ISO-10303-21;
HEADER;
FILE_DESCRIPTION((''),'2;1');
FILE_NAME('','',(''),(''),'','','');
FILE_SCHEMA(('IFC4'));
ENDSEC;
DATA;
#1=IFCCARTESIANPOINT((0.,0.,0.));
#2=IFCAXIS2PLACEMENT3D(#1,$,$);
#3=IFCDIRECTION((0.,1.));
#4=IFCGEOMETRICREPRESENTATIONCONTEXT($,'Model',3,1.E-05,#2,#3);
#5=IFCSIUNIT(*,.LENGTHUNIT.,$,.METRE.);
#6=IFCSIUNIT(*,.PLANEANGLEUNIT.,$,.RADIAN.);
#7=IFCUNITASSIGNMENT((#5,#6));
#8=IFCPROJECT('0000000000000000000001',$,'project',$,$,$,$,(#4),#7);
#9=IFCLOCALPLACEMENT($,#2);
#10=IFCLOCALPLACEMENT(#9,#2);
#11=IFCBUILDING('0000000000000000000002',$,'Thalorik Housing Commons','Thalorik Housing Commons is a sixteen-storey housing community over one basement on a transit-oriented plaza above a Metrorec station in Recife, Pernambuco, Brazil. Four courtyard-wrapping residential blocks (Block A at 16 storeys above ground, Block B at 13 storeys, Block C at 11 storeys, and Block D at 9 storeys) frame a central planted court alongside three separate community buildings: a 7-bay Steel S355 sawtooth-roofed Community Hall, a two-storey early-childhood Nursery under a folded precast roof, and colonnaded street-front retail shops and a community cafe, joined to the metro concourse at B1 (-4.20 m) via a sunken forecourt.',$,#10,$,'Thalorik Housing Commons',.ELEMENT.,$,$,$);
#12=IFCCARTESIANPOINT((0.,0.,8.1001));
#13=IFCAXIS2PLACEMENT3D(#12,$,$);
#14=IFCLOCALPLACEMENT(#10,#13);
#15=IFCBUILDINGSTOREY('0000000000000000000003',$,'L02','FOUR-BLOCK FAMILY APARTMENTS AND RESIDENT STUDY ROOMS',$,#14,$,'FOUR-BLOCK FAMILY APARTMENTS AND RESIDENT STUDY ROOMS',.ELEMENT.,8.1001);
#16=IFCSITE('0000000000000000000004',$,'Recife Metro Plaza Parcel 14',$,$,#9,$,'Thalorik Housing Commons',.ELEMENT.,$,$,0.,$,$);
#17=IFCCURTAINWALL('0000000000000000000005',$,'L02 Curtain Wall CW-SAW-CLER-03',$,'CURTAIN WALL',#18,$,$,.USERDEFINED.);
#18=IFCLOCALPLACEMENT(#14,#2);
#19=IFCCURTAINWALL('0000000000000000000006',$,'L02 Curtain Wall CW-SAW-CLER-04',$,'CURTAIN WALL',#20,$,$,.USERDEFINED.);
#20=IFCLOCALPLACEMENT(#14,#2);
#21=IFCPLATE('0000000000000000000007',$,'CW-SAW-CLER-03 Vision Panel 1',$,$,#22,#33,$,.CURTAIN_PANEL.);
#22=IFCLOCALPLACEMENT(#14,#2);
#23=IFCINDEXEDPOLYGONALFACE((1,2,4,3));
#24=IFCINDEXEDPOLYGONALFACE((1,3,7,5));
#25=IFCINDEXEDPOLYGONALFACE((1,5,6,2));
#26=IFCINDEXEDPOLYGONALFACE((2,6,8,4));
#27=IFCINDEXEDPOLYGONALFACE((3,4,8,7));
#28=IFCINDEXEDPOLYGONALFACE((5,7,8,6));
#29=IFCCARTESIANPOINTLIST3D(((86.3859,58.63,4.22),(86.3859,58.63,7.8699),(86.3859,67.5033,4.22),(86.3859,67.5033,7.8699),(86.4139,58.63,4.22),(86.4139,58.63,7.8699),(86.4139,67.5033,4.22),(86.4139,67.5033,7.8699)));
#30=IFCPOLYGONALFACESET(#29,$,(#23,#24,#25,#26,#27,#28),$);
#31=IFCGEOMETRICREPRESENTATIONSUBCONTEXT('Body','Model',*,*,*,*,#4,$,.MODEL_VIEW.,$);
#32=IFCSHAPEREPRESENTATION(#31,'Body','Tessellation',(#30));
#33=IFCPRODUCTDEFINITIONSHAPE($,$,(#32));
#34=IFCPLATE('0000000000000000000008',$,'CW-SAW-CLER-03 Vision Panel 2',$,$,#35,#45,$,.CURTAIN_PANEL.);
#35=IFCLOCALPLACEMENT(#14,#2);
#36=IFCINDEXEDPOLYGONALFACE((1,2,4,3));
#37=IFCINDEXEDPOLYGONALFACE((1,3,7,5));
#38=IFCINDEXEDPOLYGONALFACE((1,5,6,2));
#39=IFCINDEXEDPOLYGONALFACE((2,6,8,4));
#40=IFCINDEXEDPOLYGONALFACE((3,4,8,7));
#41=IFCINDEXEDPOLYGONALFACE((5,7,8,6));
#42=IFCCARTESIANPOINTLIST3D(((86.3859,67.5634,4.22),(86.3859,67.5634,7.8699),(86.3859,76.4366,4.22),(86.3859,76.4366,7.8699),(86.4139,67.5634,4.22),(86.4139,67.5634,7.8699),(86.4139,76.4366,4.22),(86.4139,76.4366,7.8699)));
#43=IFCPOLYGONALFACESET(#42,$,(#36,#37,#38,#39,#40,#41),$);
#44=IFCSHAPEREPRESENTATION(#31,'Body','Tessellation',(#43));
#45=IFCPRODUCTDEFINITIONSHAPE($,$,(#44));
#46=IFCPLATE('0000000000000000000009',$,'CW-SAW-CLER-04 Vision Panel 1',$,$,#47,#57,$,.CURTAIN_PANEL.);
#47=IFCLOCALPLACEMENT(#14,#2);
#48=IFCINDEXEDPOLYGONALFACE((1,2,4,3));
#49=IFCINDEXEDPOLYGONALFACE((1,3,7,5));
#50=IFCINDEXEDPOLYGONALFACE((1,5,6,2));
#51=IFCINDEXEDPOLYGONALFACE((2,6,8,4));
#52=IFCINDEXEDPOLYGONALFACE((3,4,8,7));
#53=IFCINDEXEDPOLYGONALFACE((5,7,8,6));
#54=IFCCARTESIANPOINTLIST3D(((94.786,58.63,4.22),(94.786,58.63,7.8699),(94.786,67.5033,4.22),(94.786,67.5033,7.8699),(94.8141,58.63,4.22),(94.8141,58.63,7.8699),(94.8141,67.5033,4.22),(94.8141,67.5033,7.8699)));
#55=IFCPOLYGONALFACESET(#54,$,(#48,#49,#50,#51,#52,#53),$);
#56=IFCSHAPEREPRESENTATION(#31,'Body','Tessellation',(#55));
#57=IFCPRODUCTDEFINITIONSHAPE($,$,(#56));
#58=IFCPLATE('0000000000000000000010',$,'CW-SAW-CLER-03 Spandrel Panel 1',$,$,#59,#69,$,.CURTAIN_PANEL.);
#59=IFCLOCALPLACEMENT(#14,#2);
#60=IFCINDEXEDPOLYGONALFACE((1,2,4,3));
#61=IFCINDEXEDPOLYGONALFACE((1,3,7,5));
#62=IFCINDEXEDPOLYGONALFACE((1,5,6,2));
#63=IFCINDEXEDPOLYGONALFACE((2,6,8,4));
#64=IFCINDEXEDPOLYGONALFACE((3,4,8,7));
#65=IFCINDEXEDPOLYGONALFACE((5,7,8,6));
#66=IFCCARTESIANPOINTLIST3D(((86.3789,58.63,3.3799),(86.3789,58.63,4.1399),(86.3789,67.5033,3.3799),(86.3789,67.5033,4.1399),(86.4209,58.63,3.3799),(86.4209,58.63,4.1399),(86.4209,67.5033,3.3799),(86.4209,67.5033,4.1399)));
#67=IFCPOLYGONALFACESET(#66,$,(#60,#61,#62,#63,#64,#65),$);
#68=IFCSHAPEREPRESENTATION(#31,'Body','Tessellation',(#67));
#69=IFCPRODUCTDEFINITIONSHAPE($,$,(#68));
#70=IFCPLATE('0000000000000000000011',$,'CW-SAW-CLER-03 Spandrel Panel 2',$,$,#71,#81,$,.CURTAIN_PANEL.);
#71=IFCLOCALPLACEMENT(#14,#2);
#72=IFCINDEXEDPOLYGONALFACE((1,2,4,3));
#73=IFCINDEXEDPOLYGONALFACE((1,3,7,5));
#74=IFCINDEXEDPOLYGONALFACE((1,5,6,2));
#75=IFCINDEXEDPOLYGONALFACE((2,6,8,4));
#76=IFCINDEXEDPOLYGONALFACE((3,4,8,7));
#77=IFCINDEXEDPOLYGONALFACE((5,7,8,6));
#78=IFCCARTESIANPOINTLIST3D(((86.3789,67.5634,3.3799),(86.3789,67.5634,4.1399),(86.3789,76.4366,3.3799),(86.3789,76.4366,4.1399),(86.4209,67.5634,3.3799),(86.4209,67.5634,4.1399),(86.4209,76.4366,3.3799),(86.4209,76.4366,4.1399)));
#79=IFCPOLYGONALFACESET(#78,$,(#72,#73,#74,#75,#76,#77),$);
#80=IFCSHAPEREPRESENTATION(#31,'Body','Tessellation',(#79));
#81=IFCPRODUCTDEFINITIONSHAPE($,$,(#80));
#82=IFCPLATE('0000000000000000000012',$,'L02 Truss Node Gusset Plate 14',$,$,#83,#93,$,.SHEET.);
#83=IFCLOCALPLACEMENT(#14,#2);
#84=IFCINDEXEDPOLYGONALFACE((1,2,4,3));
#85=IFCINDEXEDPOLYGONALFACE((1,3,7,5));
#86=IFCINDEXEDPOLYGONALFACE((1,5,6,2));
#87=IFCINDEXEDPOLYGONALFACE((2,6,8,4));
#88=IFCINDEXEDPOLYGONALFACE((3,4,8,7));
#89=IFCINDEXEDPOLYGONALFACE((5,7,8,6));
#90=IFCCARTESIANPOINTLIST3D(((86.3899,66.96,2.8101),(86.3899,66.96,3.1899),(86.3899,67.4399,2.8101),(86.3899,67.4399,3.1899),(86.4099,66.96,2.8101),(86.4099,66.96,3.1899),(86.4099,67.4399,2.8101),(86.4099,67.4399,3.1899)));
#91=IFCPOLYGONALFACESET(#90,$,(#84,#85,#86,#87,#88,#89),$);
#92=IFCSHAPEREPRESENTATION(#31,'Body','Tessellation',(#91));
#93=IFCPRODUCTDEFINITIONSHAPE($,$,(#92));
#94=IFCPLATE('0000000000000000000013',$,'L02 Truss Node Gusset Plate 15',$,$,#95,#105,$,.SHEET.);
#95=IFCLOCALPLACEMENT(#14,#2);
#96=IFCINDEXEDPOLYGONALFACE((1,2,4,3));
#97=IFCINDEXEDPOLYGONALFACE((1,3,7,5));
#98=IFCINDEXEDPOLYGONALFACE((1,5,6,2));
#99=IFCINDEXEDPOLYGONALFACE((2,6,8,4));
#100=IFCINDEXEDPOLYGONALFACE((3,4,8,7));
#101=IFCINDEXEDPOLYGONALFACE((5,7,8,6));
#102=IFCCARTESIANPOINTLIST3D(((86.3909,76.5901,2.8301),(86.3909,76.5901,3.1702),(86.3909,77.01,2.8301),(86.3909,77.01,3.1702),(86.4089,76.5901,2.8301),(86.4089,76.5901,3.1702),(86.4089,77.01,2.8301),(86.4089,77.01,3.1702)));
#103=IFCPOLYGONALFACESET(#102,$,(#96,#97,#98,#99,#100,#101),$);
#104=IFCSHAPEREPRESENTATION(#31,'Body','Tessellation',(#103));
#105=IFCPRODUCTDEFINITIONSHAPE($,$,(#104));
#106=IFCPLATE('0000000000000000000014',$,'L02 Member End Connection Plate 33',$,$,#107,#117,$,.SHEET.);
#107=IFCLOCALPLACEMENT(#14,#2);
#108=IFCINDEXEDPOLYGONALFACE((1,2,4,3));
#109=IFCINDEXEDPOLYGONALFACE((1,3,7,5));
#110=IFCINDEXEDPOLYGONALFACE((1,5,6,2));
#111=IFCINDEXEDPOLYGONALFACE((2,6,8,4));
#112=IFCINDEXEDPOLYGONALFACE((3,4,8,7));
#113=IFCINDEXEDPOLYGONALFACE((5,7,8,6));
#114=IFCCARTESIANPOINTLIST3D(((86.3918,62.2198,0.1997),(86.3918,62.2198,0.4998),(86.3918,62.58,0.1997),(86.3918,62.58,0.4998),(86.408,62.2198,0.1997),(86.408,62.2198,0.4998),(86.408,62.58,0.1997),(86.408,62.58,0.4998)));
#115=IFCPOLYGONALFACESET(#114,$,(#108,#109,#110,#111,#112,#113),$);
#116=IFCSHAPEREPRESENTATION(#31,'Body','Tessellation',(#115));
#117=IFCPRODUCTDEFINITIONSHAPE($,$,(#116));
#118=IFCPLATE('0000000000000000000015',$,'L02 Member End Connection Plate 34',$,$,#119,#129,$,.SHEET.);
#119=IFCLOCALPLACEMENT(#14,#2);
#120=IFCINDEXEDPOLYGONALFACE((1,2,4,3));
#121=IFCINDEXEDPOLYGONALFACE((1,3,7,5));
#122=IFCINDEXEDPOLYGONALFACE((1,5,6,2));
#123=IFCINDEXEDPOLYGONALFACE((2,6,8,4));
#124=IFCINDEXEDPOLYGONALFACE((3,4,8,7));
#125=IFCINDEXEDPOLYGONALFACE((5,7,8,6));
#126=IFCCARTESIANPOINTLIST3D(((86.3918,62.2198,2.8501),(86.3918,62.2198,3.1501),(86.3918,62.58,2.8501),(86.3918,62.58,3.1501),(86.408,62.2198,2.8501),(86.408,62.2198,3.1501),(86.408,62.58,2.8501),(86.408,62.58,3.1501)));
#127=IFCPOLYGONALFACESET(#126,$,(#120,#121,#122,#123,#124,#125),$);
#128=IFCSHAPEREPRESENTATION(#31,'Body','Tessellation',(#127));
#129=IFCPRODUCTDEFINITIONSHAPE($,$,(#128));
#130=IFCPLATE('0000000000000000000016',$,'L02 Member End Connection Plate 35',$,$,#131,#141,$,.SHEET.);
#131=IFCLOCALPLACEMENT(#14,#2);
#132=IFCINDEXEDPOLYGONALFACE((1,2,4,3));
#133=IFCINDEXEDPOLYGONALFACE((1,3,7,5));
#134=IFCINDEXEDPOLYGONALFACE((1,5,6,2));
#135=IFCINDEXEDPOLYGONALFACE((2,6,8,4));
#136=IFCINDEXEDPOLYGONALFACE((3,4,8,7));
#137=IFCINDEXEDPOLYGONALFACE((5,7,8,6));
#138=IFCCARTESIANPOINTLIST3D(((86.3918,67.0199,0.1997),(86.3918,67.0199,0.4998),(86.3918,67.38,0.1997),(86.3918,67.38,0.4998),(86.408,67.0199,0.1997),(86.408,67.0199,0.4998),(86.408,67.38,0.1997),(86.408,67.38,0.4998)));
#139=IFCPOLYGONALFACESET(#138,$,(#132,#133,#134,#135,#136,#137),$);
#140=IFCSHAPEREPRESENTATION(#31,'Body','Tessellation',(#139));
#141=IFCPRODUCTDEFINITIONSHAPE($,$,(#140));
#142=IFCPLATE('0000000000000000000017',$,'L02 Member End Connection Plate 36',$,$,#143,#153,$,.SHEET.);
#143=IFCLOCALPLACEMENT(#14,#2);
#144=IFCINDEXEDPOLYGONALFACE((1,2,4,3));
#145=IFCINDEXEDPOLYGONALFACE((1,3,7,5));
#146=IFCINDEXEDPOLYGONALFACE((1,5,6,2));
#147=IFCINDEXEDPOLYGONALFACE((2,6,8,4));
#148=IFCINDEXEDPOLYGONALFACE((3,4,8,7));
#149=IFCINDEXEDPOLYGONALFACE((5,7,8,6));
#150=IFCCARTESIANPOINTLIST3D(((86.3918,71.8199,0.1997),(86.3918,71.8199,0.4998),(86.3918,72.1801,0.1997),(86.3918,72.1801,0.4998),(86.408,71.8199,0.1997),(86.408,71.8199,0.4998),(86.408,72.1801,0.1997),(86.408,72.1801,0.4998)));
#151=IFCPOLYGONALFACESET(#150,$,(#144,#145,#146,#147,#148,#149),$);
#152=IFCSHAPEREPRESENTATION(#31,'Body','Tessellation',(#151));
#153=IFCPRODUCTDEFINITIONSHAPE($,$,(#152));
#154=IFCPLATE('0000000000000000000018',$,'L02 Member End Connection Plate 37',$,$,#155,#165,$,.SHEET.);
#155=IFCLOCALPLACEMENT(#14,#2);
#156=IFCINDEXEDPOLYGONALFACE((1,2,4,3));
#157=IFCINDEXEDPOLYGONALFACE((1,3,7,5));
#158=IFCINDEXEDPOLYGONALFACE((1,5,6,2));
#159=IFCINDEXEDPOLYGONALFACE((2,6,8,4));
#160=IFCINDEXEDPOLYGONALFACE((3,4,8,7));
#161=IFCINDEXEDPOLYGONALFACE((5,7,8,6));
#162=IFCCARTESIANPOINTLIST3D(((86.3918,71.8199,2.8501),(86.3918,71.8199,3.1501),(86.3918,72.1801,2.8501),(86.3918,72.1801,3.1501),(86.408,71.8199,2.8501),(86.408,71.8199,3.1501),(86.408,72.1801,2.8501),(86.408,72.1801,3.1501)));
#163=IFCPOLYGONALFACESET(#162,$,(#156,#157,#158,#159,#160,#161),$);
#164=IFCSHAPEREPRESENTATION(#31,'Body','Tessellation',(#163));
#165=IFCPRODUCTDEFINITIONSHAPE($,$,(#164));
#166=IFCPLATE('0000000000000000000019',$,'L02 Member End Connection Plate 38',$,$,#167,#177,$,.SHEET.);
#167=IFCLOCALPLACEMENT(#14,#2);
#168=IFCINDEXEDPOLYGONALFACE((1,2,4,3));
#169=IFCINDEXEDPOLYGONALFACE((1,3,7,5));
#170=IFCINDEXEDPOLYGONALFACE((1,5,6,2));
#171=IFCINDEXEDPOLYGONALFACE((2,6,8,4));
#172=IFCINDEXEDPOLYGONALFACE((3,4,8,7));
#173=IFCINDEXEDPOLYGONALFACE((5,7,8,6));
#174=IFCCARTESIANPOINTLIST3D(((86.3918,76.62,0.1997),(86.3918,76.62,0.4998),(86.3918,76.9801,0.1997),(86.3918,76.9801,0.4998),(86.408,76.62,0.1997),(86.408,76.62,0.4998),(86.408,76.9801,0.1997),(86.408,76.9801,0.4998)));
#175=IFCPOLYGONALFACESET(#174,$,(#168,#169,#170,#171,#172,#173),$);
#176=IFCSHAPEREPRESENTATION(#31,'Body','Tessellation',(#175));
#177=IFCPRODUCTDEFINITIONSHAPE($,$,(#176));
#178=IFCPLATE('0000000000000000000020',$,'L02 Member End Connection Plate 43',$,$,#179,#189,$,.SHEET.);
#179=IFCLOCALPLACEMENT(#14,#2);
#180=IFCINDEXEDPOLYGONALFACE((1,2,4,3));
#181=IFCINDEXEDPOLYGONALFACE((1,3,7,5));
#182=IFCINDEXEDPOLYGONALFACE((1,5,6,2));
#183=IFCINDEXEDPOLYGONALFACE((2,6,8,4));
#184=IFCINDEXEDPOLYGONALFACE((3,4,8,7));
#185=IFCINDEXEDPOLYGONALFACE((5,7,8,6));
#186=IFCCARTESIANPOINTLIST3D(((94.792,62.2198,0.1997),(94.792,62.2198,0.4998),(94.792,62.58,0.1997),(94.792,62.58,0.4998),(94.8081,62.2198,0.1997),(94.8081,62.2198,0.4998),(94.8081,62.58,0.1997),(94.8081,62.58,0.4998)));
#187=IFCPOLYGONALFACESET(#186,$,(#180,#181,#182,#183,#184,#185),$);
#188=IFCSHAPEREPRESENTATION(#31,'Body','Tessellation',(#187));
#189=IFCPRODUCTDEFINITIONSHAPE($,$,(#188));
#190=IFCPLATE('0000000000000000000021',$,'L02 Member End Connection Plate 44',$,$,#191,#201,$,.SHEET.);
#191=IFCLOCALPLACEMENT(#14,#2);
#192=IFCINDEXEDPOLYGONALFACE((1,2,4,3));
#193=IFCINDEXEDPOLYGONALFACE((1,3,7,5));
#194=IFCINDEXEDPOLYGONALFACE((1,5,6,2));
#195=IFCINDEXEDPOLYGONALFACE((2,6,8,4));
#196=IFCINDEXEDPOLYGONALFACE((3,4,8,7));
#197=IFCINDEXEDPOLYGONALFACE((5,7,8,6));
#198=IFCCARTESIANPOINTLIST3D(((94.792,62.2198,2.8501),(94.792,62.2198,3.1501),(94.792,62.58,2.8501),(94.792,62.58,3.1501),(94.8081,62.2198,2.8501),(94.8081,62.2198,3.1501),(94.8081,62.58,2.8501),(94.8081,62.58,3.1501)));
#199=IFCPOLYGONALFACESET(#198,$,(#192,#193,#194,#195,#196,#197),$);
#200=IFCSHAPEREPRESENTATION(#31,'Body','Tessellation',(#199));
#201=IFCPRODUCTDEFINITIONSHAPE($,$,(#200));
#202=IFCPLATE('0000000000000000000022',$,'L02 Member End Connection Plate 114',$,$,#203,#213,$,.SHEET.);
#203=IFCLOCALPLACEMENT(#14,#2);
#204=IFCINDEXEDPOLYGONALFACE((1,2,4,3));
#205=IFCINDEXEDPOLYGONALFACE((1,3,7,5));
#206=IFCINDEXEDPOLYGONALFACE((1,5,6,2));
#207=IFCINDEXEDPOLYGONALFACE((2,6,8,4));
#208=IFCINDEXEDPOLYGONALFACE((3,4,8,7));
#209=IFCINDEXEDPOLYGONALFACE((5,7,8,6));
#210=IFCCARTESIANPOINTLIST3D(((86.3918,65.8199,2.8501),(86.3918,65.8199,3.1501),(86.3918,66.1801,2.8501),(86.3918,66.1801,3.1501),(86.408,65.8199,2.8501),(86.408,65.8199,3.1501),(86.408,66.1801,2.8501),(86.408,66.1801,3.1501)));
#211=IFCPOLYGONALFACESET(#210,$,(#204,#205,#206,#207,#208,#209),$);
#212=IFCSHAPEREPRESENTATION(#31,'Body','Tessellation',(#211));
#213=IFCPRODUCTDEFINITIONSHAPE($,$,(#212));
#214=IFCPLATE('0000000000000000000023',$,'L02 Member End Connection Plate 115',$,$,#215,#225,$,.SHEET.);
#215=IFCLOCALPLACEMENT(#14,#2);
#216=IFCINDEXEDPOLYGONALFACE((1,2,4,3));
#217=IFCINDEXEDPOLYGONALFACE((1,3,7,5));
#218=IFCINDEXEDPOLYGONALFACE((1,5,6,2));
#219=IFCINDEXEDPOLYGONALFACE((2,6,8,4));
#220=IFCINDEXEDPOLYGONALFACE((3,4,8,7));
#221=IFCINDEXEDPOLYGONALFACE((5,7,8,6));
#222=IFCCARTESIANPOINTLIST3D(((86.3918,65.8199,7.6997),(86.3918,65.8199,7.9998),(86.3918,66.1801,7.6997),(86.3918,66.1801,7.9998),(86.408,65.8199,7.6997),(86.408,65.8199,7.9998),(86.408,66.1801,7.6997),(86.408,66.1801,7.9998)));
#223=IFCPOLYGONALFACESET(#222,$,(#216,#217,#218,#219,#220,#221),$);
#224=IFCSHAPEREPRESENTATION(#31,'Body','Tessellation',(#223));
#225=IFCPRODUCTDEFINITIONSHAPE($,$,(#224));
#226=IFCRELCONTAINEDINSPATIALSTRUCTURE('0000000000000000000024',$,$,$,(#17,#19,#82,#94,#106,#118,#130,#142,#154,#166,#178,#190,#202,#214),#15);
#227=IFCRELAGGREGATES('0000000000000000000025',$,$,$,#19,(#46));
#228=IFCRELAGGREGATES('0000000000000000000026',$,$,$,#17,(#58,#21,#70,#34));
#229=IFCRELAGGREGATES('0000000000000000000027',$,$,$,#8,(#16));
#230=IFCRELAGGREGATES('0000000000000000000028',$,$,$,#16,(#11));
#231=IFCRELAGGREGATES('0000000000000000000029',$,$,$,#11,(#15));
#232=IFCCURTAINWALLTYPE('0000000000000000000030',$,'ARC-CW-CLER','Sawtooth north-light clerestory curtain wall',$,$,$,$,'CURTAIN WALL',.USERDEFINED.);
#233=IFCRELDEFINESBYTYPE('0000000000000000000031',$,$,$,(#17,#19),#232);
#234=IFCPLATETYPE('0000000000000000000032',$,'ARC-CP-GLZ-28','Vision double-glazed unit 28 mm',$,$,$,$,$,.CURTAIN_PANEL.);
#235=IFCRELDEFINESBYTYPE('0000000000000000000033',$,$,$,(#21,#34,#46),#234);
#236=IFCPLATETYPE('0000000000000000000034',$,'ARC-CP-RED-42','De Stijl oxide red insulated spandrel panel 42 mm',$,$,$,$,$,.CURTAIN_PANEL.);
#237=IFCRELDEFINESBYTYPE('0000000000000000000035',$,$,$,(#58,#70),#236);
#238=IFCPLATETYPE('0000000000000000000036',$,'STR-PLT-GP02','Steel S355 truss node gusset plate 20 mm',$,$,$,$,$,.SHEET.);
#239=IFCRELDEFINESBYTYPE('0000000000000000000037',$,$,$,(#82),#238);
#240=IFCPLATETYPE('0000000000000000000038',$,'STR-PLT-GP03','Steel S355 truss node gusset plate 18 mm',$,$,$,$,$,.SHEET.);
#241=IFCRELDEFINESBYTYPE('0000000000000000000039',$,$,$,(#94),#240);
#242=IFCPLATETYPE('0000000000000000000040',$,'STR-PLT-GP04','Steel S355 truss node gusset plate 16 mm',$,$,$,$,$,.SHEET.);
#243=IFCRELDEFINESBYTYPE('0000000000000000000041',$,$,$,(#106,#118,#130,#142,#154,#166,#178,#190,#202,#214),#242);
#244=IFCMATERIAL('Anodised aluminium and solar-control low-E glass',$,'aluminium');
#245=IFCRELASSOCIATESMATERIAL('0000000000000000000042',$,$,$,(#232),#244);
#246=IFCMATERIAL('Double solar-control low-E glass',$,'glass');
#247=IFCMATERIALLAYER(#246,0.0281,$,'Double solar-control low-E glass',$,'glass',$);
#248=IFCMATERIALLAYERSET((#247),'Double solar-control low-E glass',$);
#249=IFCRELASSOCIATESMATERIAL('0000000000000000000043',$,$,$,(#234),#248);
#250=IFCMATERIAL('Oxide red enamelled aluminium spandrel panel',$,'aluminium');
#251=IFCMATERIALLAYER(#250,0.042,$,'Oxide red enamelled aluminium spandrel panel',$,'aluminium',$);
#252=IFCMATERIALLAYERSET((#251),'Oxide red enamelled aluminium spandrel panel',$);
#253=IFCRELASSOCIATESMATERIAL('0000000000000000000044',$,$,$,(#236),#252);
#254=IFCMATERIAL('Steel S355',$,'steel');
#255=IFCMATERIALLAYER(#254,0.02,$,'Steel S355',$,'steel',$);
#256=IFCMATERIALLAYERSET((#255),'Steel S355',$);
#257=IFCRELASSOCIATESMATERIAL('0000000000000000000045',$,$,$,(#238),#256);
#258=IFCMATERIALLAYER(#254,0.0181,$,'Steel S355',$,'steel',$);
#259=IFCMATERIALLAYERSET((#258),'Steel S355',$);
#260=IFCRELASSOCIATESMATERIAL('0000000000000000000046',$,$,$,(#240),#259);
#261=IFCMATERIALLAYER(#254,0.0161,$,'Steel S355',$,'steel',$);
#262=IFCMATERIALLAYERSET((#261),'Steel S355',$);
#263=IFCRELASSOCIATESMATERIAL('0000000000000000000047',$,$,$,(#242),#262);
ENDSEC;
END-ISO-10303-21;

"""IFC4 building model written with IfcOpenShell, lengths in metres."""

from ifc_helpers import new_model, si_unit, direction, frame, origin, origin_2d, place, context, subcontext, project, spatial, rectangle, extrude, material, layer, layer_set, type_object, element, aggregate, save


model = new_model("IFC4")

# Units and contexts
model_context = context("Model", 3, precision=1e-05, world=origin(), true_north=direction((0.0, 1.0)))
body_context = subcontext(model_context, "Body", "Model", "MODEL_VIEW")
ifc_project = project(units=[si_unit("LENGTHUNIT", "METRE"), si_unit("PLANEANGLEUNIT", "RADIAN")], contexts=[model_context])

# Site, building, storey
site_placement = place(None, origin())
site = spatial("IfcSite", under=ifc_project, at=site_placement, Name="Recife Metro Plaza Parcel 14", LongName="Thalorik Housing Commons", CompositionType="ELEMENT", RefElevation=0.0)
building_placement = place(site_placement, origin())
building = spatial("IfcBuilding", under=site, at=building_placement, Name="Thalorik Housing Commons", Description="Thalorik Housing Commons is a sixteen-storey housing community over one basement on a transit-oriented plaza above a Metrorec station in Recife, Pernambuco, Brazil. Four courtyard-wrapping residential blocks (Block A at 16 storeys above ground, Block B at 13 storeys, Block C at 11 storeys, and Block D at 9 storeys) frame a central planted court alongside three separate community buildings: a 7-bay Steel S355 sawtooth-roofed Community Hall, a two-storey early-childhood Nursery under a folded precast roof, and colonnaded street-front retail shops and a community cafe, joined to the metro concourse at B1 (-4.20 m) via a sunken forecourt.", LongName="Thalorik Housing Commons", CompositionType="ELEMENT")
storey_placement = place(building_placement, frame((0.0, 0.0, 8.1001)))
storey = spatial("IfcBuildingStorey", under=building, at=storey_placement, Name="L02", Description="FOUR-BLOCK FAMILY APARTMENTS AND RESIDENT STUDY ROOMS", LongName="FOUR-BLOCK FAMILY APARTMENTS AND RESIDENT STUDY ROOMS", CompositionType="ELEMENT", Elevation=8.1001)

# Curtain wall
ifc_material_1 = material(Name="Anodised aluminium and solar-control low-E glass", Category="aluminium")
curtain_wall_type = type_object("IfcCurtainWallType", Name="ARC-CW-CLER", Description="Sawtooth north-light clerestory curtain wall", ElementType="CURTAIN WALL", PredefinedType="USERDEFINED", material=ifc_material_1)
curtain_wall_1_placement = place(storey_placement, origin())
curtain_wall_1 = element("IfcCurtainWall", 1, at=curtain_wall_1_placement, inside=storey, type_object=curtain_wall_type, Name="L02 Curtain Wall CW-SAW-CLER-03", ObjectType="CURTAIN WALL", PredefinedType="USERDEFINED")

# Shared definitions
ifc_material_2 = material(Name="Steel S355", Category="steel")

# Curtain wall
curtain_wall_2_placement = place(storey_placement, origin())
curtain_wall_2 = element("IfcCurtainWall", 2, at=curtain_wall_2_placement, inside=storey, type_object=curtain_wall_type, Name="L02 Curtain Wall CW-SAW-CLER-04", ObjectType="CURTAIN WALL", PredefinedType="USERDEFINED")

# Plates
ifc_material_3 = material(Name="Double solar-control low-E glass", Category="glass")
ifc_layer_1 = layer(ifc_material_3, 0.0281, Name="Double solar-control low-E glass", Category="glass")
ifc_layer_set_1 = layer_set([ifc_layer_1], Name="Double solar-control low-E glass")
plate_type_1 = type_object("IfcPlateType", Name="ARC-CP-GLZ-28", Description="Vision double-glazed unit 28 mm", PredefinedType="CURTAIN_PANEL", material=ifc_layer_set_1)
plate_1_placement = place(storey_placement, frame((86.3999, 63.0667, 4.22), z_axis=(0.0, 0.0, 1.0), x_axis=(0.0, 1.0, 0.0)))
plate_1 = element("IfcPlate", 3, at=plate_1_placement, type_object=plate_type_1, Name="CW-SAW-CLER-03 Vision Panel 1", PredefinedType="CURTAIN_PANEL", context=body_context, shape_type="SweptSolid", body=[
    extrude(rectangle(XDim=8.8733, YDim=0.0281, at=origin_2d()), origin(), (0.0, 0.0, 1.0), 3.6499),
])
plate_2_placement = place(storey_placement, frame((86.3999, 72.0, 4.22), z_axis=(0.0, 0.0, 1.0), x_axis=(0.0, 1.0, 0.0)))
plate_2 = element("IfcPlate", 4, at=plate_2_placement, type_object=plate_type_1, Name="CW-SAW-CLER-03 Vision Panel 2", PredefinedType="CURTAIN_PANEL", context=body_context, shape_type="SweptSolid", body=[
    extrude(rectangle(XDim=8.8733, YDim=0.0281, at=origin_2d()), origin(), (0.0, 0.0, 1.0), 3.6499),
])
plate_3_placement = place(storey_placement, frame((94.8, 63.0667, 4.22), z_axis=(0.0, 0.0, 1.0), x_axis=(0.0, 1.0, 0.0)))
plate_3 = element("IfcPlate", 5, at=plate_3_placement, type_object=plate_type_1, Name="CW-SAW-CLER-04 Vision Panel 1", PredefinedType="CURTAIN_PANEL", context=body_context, shape_type="SweptSolid", body=[
    extrude(rectangle(XDim=8.8733, YDim=0.0281, at=origin_2d()), origin(), (0.0, 0.0, 1.0), 3.6499),
])
aggregate(curtain_wall_2, [plate_3])
ifc_material_4 = material(Name="Oxide red enamelled aluminium spandrel panel", Category="aluminium")
ifc_layer_2 = layer(ifc_material_4, 0.042, Name="Oxide red enamelled aluminium spandrel panel", Category="aluminium")
ifc_layer_set_2 = layer_set([ifc_layer_2], Name="Oxide red enamelled aluminium spandrel panel")
plate_type_2 = type_object("IfcPlateType", Name="ARC-CP-RED-42", Description="De Stijl oxide red insulated spandrel panel 42 mm", PredefinedType="CURTAIN_PANEL", material=ifc_layer_set_2)
plate_4_placement = place(storey_placement, frame((86.3999, 63.0667, 3.3799), z_axis=(0.0, 0.0, 1.0), x_axis=(0.0, 1.0, 0.0)))
plate_4 = element("IfcPlate", 6, at=plate_4_placement, type_object=plate_type_2, Name="CW-SAW-CLER-03 Spandrel Panel 1", PredefinedType="CURTAIN_PANEL", context=body_context, shape_type="SweptSolid", body=[
    extrude(rectangle(XDim=8.8733, YDim=0.042, at=origin_2d()), origin(), (0.0, 0.0, 1.0), 0.76),
])
plate_5_placement = place(storey_placement, frame((86.3999, 72.0, 3.3799), z_axis=(0.0, 0.0, 1.0), x_axis=(0.0, 1.0, 0.0)))
plate_5 = element("IfcPlate", 7, at=plate_5_placement, type_object=plate_type_2, Name="CW-SAW-CLER-03 Spandrel Panel 2", PredefinedType="CURTAIN_PANEL", context=body_context, shape_type="SweptSolid", body=[
    extrude(rectangle(XDim=8.8733, YDim=0.042, at=origin_2d()), origin(), (0.0, 0.0, 1.0), 0.76),
])
aggregate(curtain_wall_1, [plate_4, plate_1, plate_5, plate_2])

# Plates
ifc_layer_3 = layer(ifc_material_2, 0.02, Name="Steel S355", Category="steel")
ifc_layer_set_3 = layer_set([ifc_layer_3], Name="Steel S355")
plate_type_3 = type_object("IfcPlateType", Name="STR-PLT-GP02", Description="Steel S355 truss node gusset plate 20 mm", PredefinedType="SHEET", material=ifc_layer_set_3)
plate_6_placement = place(storey_placement, frame((86.3999, 67.2, 2.8101), z_axis=(0.0, 0.0, 1.0), x_axis=(1.0, 0.0, 0.0)))
element("IfcPlate", 8, at=plate_6_placement, inside=storey, type_object=plate_type_3, Name="L02 Truss Node Gusset Plate 14", PredefinedType="SHEET", context=body_context, shape_type="SweptSolid", body=[
    extrude(rectangle(XDim=0.02, YDim=0.48, at=origin_2d()), origin(), (0.0, 0.0, 1.0), 0.3799),
])
ifc_layer_4 = layer(ifc_material_2, 0.0181, Name="Steel S355", Category="steel")
ifc_layer_set_4 = layer_set([ifc_layer_4], Name="Steel S355")
plate_type_4 = type_object("IfcPlateType", Name="STR-PLT-GP03", Description="Steel S355 truss node gusset plate 18 mm", PredefinedType="SHEET", material=ifc_layer_set_4)
plate_7_placement = place(storey_placement, frame((86.3999, 76.8, 2.8301), z_axis=(0.0, 0.0, 1.0), x_axis=(1.0, 0.0, 0.0)))
element("IfcPlate", 9, at=plate_7_placement, inside=storey, type_object=plate_type_4, Name="L02 Truss Node Gusset Plate 15", PredefinedType="SHEET", context=body_context, shape_type="SweptSolid", body=[
    extrude(rectangle(XDim=0.0181, YDim=0.4199, at=origin_2d()), origin(), (0.0, 0.0, 1.0), 0.3401),
])
ifc_layer_5 = layer(ifc_material_2, 0.0161, Name="Steel S355", Category="steel")
ifc_layer_set_5 = layer_set([ifc_layer_5], Name="Steel S355")
plate_type_5 = type_object("IfcPlateType", Name="STR-PLT-GP04", Description="Steel S355 truss node gusset plate 16 mm", PredefinedType="SHEET", material=ifc_layer_set_5)
for number, where, z_axis, x_axis, name in (
    (10, (86.3999, 62.3999, 0.1997), (0.0, 0.0, 1.0), (1.0, 0.0, 0.0), "L02 Member End Connection Plate 33"),
    (11, (86.3999, 62.3999, 2.8501), (0.0, 0.0, 1.0), (1.0, 0.0, 0.0), "L02 Member End Connection Plate 34"),
    (12, (86.3999, 67.2, 0.1997), (0.0, 0.0, 1.0), (1.0, 0.0, 0.0), "L02 Member End Connection Plate 35"),
    (13, (86.3999, 72.0, 0.1997), (0.0, 0.0, 1.0), (1.0, 0.0, 0.0), "L02 Member End Connection Plate 36"),
    (14, (86.3999, 72.0, 2.8501), (0.0, 0.0, 1.0), (1.0, 0.0, 0.0), "L02 Member End Connection Plate 37"),
    (15, (86.3999, 76.8, 0.1997), (0.0, 0.0, 1.0), (1.0, 0.0, 0.0), "L02 Member End Connection Plate 38"),
    (16, (94.8, 62.3999, 0.1997), (0.0, 0.0, 1.0), (1.0, 0.0, 0.0), "L02 Member End Connection Plate 43"),
    (17, (94.8, 62.3999, 2.8501), (0.0, 0.0, 1.0), (1.0, 0.0, 0.0), "L02 Member End Connection Plate 44"),
    (18, (86.3999, 66.0, 2.8501), (0.0, 0.0, 1.0), (1.0, 0.0, 0.0), "L02 Member End Connection Plate 114"),
    (19, (86.3999, 66.0, 7.6997), (0.0, 0.0, 1.0), (1.0, 0.0, 0.0), "L02 Member End Connection Plate 115"),
):
    element("IfcPlate", number, at=place(storey_placement, frame(where, z_axis=z_axis, x_axis=x_axis)), inside=storey, type_object=plate_type_5, Name=name, PredefinedType="SHEET", context=body_context, shape_type="SweptSolid", body=[
        extrude(rectangle(XDim=0.0161, YDim=0.3601, at=origin_2d()), origin(), (0.0, 0.0, 1.0), 0.3),
    ])

save(model, "model.ifc")
